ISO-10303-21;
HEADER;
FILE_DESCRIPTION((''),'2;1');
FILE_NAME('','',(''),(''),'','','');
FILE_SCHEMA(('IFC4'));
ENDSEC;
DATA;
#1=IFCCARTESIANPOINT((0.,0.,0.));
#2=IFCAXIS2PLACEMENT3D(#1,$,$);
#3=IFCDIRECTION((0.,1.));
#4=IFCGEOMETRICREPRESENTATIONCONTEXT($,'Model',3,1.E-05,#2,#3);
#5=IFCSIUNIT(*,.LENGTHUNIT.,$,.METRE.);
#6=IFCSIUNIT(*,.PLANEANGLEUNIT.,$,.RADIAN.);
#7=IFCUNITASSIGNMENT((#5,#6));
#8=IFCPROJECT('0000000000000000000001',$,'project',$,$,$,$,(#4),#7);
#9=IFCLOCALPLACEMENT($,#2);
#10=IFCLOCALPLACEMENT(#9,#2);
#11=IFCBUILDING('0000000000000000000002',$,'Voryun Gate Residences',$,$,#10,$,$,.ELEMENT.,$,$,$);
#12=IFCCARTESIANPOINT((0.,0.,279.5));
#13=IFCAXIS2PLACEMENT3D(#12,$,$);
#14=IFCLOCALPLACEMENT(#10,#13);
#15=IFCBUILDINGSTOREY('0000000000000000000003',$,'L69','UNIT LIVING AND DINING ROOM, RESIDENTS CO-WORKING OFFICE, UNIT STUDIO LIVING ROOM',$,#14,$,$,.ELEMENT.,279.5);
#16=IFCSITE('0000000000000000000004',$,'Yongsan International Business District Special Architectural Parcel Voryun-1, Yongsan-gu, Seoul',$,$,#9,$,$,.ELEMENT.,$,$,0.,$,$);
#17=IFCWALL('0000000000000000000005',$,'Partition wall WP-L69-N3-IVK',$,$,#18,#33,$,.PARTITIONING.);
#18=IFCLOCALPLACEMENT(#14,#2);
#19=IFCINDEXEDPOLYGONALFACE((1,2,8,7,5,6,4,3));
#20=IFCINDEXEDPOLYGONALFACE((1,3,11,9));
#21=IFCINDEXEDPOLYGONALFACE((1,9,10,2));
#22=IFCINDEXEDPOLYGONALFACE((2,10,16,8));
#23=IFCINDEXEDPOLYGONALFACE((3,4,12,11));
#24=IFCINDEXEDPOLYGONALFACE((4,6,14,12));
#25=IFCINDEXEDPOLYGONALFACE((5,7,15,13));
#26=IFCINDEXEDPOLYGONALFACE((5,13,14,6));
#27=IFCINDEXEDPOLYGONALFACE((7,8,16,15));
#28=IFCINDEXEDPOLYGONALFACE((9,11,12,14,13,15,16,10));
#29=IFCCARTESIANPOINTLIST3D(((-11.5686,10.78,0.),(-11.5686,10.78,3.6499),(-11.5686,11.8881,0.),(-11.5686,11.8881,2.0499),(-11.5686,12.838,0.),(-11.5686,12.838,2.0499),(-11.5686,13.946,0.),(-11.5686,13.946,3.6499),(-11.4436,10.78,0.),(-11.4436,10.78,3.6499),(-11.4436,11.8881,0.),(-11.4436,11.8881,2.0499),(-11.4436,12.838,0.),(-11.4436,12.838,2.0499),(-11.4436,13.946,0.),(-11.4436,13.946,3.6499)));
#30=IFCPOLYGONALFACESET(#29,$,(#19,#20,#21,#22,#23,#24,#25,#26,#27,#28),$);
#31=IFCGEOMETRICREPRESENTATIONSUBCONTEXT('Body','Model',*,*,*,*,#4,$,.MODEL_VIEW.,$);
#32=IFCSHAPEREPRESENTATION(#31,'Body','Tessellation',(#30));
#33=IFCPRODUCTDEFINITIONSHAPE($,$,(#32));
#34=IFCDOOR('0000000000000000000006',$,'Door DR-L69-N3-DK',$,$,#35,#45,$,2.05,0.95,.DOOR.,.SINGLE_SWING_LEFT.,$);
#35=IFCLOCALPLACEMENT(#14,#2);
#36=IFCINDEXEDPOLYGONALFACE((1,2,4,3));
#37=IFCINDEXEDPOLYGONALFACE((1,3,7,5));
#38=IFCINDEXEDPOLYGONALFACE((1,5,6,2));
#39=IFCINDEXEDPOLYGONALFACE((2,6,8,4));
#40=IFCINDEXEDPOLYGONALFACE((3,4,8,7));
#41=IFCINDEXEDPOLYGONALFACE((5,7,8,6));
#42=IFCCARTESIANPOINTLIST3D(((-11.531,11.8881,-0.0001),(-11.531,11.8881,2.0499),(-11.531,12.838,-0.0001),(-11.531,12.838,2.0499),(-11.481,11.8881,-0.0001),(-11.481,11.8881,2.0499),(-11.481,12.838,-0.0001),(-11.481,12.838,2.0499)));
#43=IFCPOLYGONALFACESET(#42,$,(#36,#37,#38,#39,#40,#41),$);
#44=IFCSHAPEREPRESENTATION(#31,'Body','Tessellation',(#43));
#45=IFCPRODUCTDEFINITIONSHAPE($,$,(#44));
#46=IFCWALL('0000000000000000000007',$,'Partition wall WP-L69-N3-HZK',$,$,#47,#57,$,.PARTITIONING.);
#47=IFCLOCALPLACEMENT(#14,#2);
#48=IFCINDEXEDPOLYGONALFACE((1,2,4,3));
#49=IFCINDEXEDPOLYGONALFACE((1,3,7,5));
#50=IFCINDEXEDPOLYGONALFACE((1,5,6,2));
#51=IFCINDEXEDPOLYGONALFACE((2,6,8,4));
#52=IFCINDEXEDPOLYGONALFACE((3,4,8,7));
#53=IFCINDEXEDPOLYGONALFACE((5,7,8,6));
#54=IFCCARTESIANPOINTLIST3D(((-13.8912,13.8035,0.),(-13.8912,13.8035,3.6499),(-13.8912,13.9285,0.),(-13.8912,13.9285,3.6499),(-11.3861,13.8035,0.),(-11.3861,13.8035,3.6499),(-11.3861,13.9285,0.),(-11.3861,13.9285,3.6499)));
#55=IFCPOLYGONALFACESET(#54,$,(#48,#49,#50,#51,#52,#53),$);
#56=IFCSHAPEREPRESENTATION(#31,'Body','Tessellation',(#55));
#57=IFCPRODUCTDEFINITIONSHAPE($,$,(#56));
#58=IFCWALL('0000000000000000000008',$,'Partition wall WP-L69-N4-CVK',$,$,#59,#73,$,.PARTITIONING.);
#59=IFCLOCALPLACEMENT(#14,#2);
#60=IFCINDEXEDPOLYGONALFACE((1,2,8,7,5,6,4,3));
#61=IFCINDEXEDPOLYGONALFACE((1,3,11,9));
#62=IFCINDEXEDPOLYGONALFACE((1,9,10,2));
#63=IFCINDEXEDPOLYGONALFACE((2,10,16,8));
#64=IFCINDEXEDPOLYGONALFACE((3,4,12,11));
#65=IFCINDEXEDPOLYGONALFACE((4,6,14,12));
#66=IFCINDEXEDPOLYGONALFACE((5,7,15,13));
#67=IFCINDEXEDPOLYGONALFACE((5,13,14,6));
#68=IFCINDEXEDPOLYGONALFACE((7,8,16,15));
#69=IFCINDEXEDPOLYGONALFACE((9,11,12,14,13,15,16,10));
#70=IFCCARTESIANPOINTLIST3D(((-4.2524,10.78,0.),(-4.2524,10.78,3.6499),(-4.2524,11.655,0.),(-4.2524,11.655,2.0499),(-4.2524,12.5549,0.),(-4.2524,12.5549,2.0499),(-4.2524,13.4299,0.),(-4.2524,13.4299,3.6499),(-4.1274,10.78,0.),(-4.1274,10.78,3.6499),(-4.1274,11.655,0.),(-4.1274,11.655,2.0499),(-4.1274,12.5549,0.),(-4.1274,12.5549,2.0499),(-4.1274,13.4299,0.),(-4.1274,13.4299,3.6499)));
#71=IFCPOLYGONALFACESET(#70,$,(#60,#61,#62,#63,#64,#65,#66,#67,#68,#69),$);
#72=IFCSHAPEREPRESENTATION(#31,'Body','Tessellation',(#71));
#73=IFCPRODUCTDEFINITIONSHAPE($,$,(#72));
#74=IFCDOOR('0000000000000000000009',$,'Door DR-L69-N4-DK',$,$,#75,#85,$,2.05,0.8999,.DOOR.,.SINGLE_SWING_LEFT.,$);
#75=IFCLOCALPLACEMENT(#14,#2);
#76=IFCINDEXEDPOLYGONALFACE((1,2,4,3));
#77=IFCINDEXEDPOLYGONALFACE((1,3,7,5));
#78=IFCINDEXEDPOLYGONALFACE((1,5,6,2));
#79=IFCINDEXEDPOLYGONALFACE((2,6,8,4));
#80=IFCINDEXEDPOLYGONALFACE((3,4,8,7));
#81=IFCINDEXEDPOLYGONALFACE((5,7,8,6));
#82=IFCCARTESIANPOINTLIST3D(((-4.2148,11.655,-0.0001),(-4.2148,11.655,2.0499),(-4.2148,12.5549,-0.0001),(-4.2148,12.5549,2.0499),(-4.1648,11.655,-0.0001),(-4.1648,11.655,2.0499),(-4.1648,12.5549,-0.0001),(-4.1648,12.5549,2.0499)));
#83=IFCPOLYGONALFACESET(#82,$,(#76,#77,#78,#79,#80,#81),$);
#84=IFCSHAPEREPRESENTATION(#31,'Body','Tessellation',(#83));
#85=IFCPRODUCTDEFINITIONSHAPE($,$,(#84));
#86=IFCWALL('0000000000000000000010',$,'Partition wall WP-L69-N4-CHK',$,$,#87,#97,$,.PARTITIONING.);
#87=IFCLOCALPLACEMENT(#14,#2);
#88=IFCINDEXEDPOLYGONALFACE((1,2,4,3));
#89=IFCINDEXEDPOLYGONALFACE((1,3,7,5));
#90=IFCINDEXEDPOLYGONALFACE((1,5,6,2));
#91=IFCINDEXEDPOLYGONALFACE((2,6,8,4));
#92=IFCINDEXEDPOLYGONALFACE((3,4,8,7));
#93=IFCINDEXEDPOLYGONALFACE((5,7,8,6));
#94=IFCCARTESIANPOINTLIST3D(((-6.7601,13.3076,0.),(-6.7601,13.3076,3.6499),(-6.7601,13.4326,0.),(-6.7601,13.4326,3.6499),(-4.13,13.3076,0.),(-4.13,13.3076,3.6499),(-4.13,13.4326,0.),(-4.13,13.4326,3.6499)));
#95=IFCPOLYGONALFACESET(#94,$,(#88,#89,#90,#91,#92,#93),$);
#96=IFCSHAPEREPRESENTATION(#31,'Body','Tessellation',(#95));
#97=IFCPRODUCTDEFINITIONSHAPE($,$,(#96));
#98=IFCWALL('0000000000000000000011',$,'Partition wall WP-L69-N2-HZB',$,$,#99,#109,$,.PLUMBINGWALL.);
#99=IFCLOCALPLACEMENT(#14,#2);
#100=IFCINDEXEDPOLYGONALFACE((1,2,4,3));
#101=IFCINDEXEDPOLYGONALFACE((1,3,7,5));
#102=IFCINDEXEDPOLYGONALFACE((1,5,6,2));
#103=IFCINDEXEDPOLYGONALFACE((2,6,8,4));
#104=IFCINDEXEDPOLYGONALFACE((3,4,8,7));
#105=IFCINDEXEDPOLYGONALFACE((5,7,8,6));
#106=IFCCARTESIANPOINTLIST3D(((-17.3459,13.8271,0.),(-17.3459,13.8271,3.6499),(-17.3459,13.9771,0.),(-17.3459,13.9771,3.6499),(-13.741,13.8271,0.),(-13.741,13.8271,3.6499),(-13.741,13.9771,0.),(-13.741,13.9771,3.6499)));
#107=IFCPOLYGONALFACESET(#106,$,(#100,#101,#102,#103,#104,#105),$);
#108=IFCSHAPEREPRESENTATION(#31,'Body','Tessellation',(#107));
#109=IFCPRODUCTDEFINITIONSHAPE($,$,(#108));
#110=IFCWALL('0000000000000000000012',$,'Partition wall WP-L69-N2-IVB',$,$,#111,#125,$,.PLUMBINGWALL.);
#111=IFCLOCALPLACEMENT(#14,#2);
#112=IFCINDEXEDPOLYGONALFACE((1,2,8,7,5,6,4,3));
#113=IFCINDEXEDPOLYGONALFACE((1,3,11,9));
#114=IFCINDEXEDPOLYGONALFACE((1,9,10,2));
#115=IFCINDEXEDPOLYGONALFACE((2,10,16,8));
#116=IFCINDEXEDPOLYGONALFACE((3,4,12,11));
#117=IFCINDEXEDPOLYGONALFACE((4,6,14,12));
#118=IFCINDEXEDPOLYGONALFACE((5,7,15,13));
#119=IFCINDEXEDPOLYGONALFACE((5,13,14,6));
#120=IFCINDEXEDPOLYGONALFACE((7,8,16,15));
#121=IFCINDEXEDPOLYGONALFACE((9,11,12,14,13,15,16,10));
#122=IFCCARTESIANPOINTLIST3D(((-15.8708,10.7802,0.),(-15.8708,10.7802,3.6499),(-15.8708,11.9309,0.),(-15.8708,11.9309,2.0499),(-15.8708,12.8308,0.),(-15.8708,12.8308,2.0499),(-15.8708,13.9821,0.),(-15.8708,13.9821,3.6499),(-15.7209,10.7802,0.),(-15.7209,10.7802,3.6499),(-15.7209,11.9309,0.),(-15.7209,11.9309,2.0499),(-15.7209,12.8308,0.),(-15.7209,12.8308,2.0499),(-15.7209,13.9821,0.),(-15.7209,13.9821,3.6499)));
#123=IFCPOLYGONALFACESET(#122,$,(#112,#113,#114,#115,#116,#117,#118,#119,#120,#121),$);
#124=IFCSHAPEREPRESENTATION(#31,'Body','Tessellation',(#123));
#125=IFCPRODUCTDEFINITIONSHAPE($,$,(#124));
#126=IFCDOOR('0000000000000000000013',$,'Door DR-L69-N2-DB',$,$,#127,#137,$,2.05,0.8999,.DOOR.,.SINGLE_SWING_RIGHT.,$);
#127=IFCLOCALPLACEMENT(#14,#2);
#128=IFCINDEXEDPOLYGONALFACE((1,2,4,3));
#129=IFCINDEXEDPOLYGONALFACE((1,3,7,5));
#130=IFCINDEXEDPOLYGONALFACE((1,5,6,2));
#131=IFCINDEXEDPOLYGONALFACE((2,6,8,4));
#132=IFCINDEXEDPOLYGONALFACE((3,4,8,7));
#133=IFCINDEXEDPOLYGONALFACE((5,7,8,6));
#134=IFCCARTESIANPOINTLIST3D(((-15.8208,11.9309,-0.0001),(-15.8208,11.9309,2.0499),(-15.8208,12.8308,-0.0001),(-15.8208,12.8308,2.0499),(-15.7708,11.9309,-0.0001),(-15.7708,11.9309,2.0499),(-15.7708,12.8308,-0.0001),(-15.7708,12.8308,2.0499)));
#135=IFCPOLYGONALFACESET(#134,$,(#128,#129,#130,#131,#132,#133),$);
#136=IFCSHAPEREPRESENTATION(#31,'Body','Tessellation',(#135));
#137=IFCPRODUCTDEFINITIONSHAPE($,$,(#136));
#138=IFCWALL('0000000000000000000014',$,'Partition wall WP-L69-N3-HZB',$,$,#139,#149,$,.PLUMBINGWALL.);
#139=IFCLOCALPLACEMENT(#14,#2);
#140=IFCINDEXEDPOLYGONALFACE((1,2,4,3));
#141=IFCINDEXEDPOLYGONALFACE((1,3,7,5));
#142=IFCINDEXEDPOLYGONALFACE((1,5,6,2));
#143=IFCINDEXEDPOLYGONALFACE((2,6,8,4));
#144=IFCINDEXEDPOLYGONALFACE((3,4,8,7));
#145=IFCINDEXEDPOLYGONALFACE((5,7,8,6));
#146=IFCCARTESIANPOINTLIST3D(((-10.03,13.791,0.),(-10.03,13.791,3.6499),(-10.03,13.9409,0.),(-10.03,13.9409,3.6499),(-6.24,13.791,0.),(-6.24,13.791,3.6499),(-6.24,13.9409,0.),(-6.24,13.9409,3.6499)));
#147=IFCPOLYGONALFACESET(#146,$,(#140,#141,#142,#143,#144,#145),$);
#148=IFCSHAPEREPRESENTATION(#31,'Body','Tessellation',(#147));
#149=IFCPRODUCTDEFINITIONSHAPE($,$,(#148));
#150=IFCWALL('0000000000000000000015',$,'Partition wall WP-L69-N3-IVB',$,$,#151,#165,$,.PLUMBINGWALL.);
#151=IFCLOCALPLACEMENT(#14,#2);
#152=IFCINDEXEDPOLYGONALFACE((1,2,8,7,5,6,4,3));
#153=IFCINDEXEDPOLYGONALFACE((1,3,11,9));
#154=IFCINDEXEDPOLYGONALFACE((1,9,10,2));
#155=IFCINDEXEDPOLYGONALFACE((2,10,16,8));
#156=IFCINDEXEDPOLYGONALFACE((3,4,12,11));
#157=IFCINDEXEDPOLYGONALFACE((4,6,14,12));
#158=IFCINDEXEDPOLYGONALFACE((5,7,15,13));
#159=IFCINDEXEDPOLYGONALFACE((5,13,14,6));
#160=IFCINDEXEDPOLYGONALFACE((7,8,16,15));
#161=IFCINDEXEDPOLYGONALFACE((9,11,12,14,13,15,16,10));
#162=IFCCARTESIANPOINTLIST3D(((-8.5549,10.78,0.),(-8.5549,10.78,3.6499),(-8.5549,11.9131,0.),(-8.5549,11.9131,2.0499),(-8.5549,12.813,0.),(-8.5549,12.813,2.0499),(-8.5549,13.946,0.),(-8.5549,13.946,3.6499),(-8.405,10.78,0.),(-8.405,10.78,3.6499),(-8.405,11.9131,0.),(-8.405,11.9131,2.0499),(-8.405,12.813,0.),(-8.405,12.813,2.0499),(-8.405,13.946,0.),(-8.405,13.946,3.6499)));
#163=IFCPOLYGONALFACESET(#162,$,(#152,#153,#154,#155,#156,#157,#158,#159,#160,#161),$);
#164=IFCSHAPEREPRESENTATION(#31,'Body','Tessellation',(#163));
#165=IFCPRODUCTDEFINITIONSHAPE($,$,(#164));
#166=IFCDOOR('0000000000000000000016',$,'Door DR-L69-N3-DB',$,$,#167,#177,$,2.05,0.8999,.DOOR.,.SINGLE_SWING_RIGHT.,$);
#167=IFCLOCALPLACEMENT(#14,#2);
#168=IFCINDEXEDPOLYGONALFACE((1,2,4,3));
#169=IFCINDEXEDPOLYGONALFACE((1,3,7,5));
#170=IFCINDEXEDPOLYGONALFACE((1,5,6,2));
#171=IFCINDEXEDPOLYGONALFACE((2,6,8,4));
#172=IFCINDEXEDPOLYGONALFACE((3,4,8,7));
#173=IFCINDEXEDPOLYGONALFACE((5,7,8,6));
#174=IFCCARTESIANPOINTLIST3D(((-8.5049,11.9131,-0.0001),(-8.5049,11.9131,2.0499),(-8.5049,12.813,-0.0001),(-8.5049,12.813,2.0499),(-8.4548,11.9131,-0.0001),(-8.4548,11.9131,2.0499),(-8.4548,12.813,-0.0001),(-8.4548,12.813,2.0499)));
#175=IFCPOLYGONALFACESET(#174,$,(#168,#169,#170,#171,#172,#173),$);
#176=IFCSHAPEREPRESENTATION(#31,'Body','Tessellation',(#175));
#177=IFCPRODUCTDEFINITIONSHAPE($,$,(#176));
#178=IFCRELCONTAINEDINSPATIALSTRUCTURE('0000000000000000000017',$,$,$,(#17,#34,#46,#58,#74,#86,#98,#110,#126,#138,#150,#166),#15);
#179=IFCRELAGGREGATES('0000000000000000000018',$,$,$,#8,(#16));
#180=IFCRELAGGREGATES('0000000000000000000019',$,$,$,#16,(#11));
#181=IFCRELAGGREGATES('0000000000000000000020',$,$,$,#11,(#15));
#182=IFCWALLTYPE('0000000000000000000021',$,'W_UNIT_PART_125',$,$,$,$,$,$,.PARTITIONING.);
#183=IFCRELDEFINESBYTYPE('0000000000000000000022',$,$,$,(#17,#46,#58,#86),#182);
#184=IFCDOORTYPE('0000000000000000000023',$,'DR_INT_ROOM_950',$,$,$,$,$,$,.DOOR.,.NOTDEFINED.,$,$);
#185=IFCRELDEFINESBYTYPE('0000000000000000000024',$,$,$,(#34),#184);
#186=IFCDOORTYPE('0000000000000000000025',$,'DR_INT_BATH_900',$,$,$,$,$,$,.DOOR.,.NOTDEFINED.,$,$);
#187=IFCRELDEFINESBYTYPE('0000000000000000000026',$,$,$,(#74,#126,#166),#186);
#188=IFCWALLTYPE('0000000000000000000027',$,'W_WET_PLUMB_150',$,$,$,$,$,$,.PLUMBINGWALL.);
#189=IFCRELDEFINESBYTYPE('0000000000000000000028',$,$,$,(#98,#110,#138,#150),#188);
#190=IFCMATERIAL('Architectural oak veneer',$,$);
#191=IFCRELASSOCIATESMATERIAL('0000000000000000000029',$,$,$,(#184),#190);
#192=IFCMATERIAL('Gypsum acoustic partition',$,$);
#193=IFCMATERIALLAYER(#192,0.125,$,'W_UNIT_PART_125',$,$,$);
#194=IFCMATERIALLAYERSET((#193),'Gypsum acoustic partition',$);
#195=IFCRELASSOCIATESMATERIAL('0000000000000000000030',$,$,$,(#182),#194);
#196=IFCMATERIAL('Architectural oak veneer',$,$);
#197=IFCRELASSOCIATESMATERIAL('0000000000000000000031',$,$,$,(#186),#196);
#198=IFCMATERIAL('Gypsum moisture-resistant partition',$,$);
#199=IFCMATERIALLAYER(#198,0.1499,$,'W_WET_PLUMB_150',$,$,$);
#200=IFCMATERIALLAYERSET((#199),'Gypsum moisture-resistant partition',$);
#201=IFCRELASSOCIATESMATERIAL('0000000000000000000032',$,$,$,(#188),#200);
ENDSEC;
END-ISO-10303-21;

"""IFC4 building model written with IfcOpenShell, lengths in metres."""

from ifc_helpers import new_model, si_unit, direction, frame, frame_2d, origin, place, context, subcontext, project, spatial, rectangle, extrude, material, layer, layer_set, type_object, element, fill, save


model = new_model("IFC4")

# Units and contexts
model_context = context("Model", 3, precision=1e-05, world=origin(), true_north=direction((0.0, 1.0)))
body_context = subcontext(model_context, "Body", "Model", "MODEL_VIEW")
ifc_project = project(units=[si_unit("LENGTHUNIT", "METRE"), si_unit("PLANEANGLEUNIT", "RADIAN")], contexts=[model_context])

# Site, building, storey
site_placement = place(None, origin())
site = spatial("IfcSite", under=ifc_project, at=site_placement, Name="Yongsan International Business District Special Architectural Parcel Voryun-1, Yongsan-gu, Seoul", CompositionType="ELEMENT", RefElevation=0.0)
building_placement = place(site_placement, origin())
building = spatial("IfcBuilding", under=site, at=building_placement, Name="Voryun Gate Residences", CompositionType="ELEMENT")
storey_placement = place(building_placement, frame((0.0, 0.0, 279.5)))
storey = spatial("IfcBuildingStorey", under=building, at=storey_placement, Name="L69", Description="UNIT LIVING AND DINING ROOM, RESIDENTS CO-WORKING OFFICE, UNIT STUDIO LIVING ROOM", CompositionType="ELEMENT", Elevation=279.5)

# Shared definitions
ifc_material_1 = material(Name="Architectural oak veneer")
door_type_1 = type_object("IfcDoorType", Name="DR_INT_ROOM_950", OperationType="NOTDEFINED", PredefinedType="DOOR", material=ifc_material_1)

# Wall, opening, door
ifc_material_2 = material(Name="Gypsum acoustic partition")
ifc_layer_1 = layer(ifc_material_2, 0.125, Name="W_UNIT_PART_125")
ifc_layer_set_1 = layer_set([ifc_layer_1], Name="Gypsum acoustic partition")
wall_type_1 = type_object("IfcWallType", Name="W_UNIT_PART_125", PredefinedType="PARTITIONING", material=ifc_layer_set_1)
ifc_material_3 = material(Name="Architectural oak veneer")
door_type_2 = type_object("IfcDoorType", Name="DR_INT_BATH_900", OperationType="NOTDEFINED", PredefinedType="DOOR", material=ifc_material_3)
wall_1_placement = place(storey_placement, frame((-11.5061, 10.78, 0.0), z_axis=(0.0, 0.0, 1.0), x_axis=(0.0, 1.0, 0.0)))
wall_1 = element("IfcWall", 1, at=wall_1_placement, inside=storey, type_object=wall_type_1, Name="Partition wall WP-L69-N3-IVK", PredefinedType="PARTITIONING", context=body_context, shape_type="SweptSolid", body=[
    extrude(rectangle(XDim=3.166, YDim=0.125, at=frame_2d((1.583, 0.0))), origin(), (0.0, 0.0, 1.0), 3.6499),
])
opening_1_placement = place(wall_1_placement, frame((1.1079, 0.0, 0.0)))
opening_1 = element("IfcOpeningElement", 2, at=opening_1_placement, cuts=wall_1, PredefinedType="OPENING", context=body_context, shape_type="SweptSolid", body=[
    extrude(rectangle(XDim=0.95, YDim=2.05, at=frame_2d((0.4751, 1.0249))), frame((0.0, 0.0725, 0.0), z_axis=(0.0, -1.0, 0.0), x_axis=(1.0, 0.0, 0.0)), (0.0, 0.0, 1.0), 0.145),
])
door_1_placement = place(opening_1_placement, origin())
door_1 = element("IfcDoor", 3, at=door_1_placement, inside=storey, type_object=door_type_1, Name="Door DR-L69-N3-DK", OperationType="SINGLE_SWING_LEFT", OverallHeight=2.05, OverallWidth=0.95, PredefinedType="DOOR", context=body_context, shape_type="SweptSolid", body=[
    extrude(rectangle(XDim=0.95, YDim=2.05, at=frame_2d((0.4751, 1.0249))), frame((0.0, 0.0249, 0.0), z_axis=(0.0, -1.0, 0.0), x_axis=(1.0, 0.0, 0.0)), (0.0, 0.0, 1.0), 0.05),
])
fill(opening_1, door_1)

# Wall
wall_2_placement = place(storey_placement, frame((-13.8911, 13.866, 0.0), z_axis=(0.0, 0.0, 1.0), x_axis=(1.0, 0.0, 0.0)))
element("IfcWall", 4, at=wall_2_placement, inside=storey, type_object=wall_type_1, Name="Partition wall WP-L69-N3-HZK", PredefinedType="PARTITIONING", context=body_context, shape_type="SweptSolid", body=[
    extrude(rectangle(XDim=2.5051, YDim=0.125, at=frame_2d((1.2524, 0.0))), origin(), (0.0, 0.0, 1.0), 3.6499),
])

# Wall, opening, door
wall_3_placement = place(storey_placement, frame((-4.1899, 10.78, 0.0), z_axis=(0.0, 0.0, 1.0), x_axis=(0.0, 1.0, 0.0)))
wall_3 = element("IfcWall", 5, at=wall_3_placement, inside=storey, type_object=wall_type_1, Name="Partition wall WP-L69-N4-CVK", PredefinedType="PARTITIONING", context=body_context, shape_type="SweptSolid", body=[
    extrude(rectangle(XDim=2.6499, YDim=0.125, at=frame_2d((1.325, 0.0))), origin(), (0.0, 0.0, 1.0), 3.6499),
])
opening_2_placement = place(wall_3_placement, frame((0.875, 0.0, 0.0)))
opening_2 = element("IfcOpeningElement", 6, at=opening_2_placement, cuts=wall_3, PredefinedType="OPENING", context=body_context, shape_type="SweptSolid", body=[
    extrude(rectangle(XDim=0.8999, YDim=2.05, at=frame_2d((0.45, 1.0249))), frame((0.0, 0.0725, 0.0), z_axis=(0.0, -1.0, 0.0), x_axis=(1.0, 0.0, 0.0)), (0.0, 0.0, 1.0), 0.145),
])
door_2_placement = place(opening_2_placement, origin())
door_2 = element("IfcDoor", 7, at=door_2_placement, inside=storey, type_object=door_type_2, Name="Door DR-L69-N4-DK", OperationType="SINGLE_SWING_LEFT", OverallHeight=2.05, OverallWidth=0.8999, PredefinedType="DOOR", context=body_context, shape_type="SweptSolid", body=[
    extrude(rectangle(XDim=0.8999, YDim=2.05, at=frame_2d((0.45, 1.0249))), frame((0.0, 0.0249, 0.0), z_axis=(0.0, -1.0, 0.0), x_axis=(1.0, 0.0, 0.0)), (0.0, 0.0, 1.0), 0.05),
])
fill(opening_2, door_2)

# Walls
wall_4_placement = place(storey_placement, frame((-6.76, 13.3701, 0.0), z_axis=(0.0, 0.0, 1.0), x_axis=(1.0, 0.0, 0.0)))
element("IfcWall", 8, at=wall_4_placement, inside=storey, type_object=wall_type_1, Name="Partition wall WP-L69-N4-CHK", PredefinedType="PARTITIONING", context=body_context, shape_type="SweptSolid", body=[
    extrude(rectangle(XDim=2.6301, YDim=0.125, at=frame_2d((1.3149, 0.0))), origin(), (0.0, 0.0, 1.0), 3.6499),
])
ifc_material_4 = material(Name="Gypsum moisture-resistant partition")
ifc_layer_2 = layer(ifc_material_4, 0.1499, Name="W_WET_PLUMB_150")
ifc_layer_set_2 = layer_set([ifc_layer_2], Name="Gypsum moisture-resistant partition")
wall_type_2 = type_object("IfcWallType", Name="W_WET_PLUMB_150", PredefinedType="PLUMBINGWALL", material=ifc_layer_set_2)
wall_5_placement = place(storey_placement, frame((-17.3459, 13.9021, 0.0), z_axis=(0.0, 0.0, 1.0), x_axis=(1.0, 0.0, 0.0)))
element("IfcWall", 9, at=wall_5_placement, inside=storey, type_object=wall_type_2, Name="Partition wall WP-L69-N2-HZB", PredefinedType="PLUMBINGWALL", context=body_context, shape_type="SweptSolid", body=[
    extrude(rectangle(XDim=3.605, YDim=0.1499, at=frame_2d((1.8025, 0.0))), origin(), (0.0, 0.0, 1.0), 3.6499),
])

# Wall, opening, door
wall_6_placement = place(storey_placement, frame((-15.7959, 10.78, 0.0), z_axis=(0.0, 0.0, 1.0), x_axis=(0.0, 1.0, 0.0)))
wall_6 = element("IfcWall", 10, at=wall_6_placement, inside=storey, type_object=wall_type_2, Name="Partition wall WP-L69-N2-IVB", PredefinedType="PLUMBINGWALL", context=body_context, shape_type="SweptSolid", body=[
    extrude(rectangle(XDim=3.2019, YDim=0.1499, at=frame_2d((1.6011, 0.0))), origin(), (0.0, 0.0, 1.0), 3.6499),
])
opening_3_placement = place(wall_6_placement, frame((1.1509, 0.0, 0.0)))
opening_3 = element("IfcOpeningElement", 11, at=opening_3_placement, cuts=wall_6, PredefinedType="OPENING", context=body_context, shape_type="SweptSolid", body=[
    extrude(rectangle(XDim=0.8999, YDim=2.05, at=frame_2d((0.45, 1.0249))), frame((0.0, 0.085, 0.0), z_axis=(0.0, -1.0, 0.0), x_axis=(1.0, 0.0, 0.0)), (0.0, 0.0, 1.0), 0.1699),
])
door_3_placement = place(opening_3_placement, origin())
door_3 = element("IfcDoor", 12, at=door_3_placement, inside=storey, type_object=door_type_2, Name="Door DR-L69-N2-DB", OperationType="SINGLE_SWING_RIGHT", OverallHeight=2.05, OverallWidth=0.8999, PredefinedType="DOOR", context=body_context, shape_type="SweptSolid", body=[
    extrude(rectangle(XDim=0.8999, YDim=2.05, at=frame_2d((0.45, 1.0249))), frame((0.0, 0.0249, 0.0), z_axis=(0.0, -1.0, 0.0), x_axis=(1.0, 0.0, 0.0)), (0.0, 0.0, 1.0), 0.05),
])
fill(opening_3, door_3)

# Wall
wall_7_placement = place(storey_placement, frame((-10.03, 13.866, 0.0), z_axis=(0.0, 0.0, 1.0), x_axis=(1.0, 0.0, 0.0)))
element("IfcWall", 13, at=wall_7_placement, inside=storey, type_object=wall_type_2, Name="Partition wall WP-L69-N3-HZB", PredefinedType="PLUMBINGWALL", context=body_context, shape_type="SweptSolid", body=[
    extrude(rectangle(XDim=3.79, YDim=0.1499, at=frame_2d((1.895, 0.0))), origin(), (0.0, 0.0, 1.0), 3.6499),
])

# Wall, opening, door
wall_8_placement = place(storey_placement, frame((-8.48, 10.78, 0.0), z_axis=(0.0, 0.0, 1.0), x_axis=(0.0, 1.0, 0.0)))
wall_8 = element("IfcWall", 14, at=wall_8_placement, inside=storey, type_object=wall_type_2, Name="Partition wall WP-L69-N3-IVB", PredefinedType="PLUMBINGWALL", context=body_context, shape_type="SweptSolid", body=[
    extrude(rectangle(XDim=3.166, YDim=0.1499, at=frame_2d((1.583, 0.0))), origin(), (0.0, 0.0, 1.0), 3.6499),
])
opening_4_placement = place(wall_8_placement, frame((1.1331, 0.0, 0.0)))
opening_4 = element("IfcOpeningElement", 15, at=opening_4_placement, cuts=wall_8, PredefinedType="OPENING", context=body_context, shape_type="SweptSolid", body=[
    extrude(rectangle(XDim=0.8999, YDim=2.05, at=frame_2d((0.45, 1.0249))), frame((0.0, 0.085, 0.0), z_axis=(0.0, -1.0, 0.0), x_axis=(1.0, 0.0, 0.0)), (0.0, 0.0, 1.0), 0.1699),
])
door_4_placement = place(opening_4_placement, origin())
door_4 = element("IfcDoor", 16, at=door_4_placement, inside=storey, type_object=door_type_2, Name="Door DR-L69-N3-DB", OperationType="SINGLE_SWING_RIGHT", OverallHeight=2.05, OverallWidth=0.8999, PredefinedType="DOOR", context=body_context, shape_type="SweptSolid", body=[
    extrude(rectangle(XDim=0.8999, YDim=2.05, at=frame_2d((0.45, 1.0249))), frame((0.0, 0.0249, 0.0), z_axis=(0.0, -1.0, 0.0), x_axis=(1.0, 0.0, 0.0)), (0.0, 0.0, 1.0), 0.05),
])
fill(opening_4, door_4)

save(model, "model.ifc")
